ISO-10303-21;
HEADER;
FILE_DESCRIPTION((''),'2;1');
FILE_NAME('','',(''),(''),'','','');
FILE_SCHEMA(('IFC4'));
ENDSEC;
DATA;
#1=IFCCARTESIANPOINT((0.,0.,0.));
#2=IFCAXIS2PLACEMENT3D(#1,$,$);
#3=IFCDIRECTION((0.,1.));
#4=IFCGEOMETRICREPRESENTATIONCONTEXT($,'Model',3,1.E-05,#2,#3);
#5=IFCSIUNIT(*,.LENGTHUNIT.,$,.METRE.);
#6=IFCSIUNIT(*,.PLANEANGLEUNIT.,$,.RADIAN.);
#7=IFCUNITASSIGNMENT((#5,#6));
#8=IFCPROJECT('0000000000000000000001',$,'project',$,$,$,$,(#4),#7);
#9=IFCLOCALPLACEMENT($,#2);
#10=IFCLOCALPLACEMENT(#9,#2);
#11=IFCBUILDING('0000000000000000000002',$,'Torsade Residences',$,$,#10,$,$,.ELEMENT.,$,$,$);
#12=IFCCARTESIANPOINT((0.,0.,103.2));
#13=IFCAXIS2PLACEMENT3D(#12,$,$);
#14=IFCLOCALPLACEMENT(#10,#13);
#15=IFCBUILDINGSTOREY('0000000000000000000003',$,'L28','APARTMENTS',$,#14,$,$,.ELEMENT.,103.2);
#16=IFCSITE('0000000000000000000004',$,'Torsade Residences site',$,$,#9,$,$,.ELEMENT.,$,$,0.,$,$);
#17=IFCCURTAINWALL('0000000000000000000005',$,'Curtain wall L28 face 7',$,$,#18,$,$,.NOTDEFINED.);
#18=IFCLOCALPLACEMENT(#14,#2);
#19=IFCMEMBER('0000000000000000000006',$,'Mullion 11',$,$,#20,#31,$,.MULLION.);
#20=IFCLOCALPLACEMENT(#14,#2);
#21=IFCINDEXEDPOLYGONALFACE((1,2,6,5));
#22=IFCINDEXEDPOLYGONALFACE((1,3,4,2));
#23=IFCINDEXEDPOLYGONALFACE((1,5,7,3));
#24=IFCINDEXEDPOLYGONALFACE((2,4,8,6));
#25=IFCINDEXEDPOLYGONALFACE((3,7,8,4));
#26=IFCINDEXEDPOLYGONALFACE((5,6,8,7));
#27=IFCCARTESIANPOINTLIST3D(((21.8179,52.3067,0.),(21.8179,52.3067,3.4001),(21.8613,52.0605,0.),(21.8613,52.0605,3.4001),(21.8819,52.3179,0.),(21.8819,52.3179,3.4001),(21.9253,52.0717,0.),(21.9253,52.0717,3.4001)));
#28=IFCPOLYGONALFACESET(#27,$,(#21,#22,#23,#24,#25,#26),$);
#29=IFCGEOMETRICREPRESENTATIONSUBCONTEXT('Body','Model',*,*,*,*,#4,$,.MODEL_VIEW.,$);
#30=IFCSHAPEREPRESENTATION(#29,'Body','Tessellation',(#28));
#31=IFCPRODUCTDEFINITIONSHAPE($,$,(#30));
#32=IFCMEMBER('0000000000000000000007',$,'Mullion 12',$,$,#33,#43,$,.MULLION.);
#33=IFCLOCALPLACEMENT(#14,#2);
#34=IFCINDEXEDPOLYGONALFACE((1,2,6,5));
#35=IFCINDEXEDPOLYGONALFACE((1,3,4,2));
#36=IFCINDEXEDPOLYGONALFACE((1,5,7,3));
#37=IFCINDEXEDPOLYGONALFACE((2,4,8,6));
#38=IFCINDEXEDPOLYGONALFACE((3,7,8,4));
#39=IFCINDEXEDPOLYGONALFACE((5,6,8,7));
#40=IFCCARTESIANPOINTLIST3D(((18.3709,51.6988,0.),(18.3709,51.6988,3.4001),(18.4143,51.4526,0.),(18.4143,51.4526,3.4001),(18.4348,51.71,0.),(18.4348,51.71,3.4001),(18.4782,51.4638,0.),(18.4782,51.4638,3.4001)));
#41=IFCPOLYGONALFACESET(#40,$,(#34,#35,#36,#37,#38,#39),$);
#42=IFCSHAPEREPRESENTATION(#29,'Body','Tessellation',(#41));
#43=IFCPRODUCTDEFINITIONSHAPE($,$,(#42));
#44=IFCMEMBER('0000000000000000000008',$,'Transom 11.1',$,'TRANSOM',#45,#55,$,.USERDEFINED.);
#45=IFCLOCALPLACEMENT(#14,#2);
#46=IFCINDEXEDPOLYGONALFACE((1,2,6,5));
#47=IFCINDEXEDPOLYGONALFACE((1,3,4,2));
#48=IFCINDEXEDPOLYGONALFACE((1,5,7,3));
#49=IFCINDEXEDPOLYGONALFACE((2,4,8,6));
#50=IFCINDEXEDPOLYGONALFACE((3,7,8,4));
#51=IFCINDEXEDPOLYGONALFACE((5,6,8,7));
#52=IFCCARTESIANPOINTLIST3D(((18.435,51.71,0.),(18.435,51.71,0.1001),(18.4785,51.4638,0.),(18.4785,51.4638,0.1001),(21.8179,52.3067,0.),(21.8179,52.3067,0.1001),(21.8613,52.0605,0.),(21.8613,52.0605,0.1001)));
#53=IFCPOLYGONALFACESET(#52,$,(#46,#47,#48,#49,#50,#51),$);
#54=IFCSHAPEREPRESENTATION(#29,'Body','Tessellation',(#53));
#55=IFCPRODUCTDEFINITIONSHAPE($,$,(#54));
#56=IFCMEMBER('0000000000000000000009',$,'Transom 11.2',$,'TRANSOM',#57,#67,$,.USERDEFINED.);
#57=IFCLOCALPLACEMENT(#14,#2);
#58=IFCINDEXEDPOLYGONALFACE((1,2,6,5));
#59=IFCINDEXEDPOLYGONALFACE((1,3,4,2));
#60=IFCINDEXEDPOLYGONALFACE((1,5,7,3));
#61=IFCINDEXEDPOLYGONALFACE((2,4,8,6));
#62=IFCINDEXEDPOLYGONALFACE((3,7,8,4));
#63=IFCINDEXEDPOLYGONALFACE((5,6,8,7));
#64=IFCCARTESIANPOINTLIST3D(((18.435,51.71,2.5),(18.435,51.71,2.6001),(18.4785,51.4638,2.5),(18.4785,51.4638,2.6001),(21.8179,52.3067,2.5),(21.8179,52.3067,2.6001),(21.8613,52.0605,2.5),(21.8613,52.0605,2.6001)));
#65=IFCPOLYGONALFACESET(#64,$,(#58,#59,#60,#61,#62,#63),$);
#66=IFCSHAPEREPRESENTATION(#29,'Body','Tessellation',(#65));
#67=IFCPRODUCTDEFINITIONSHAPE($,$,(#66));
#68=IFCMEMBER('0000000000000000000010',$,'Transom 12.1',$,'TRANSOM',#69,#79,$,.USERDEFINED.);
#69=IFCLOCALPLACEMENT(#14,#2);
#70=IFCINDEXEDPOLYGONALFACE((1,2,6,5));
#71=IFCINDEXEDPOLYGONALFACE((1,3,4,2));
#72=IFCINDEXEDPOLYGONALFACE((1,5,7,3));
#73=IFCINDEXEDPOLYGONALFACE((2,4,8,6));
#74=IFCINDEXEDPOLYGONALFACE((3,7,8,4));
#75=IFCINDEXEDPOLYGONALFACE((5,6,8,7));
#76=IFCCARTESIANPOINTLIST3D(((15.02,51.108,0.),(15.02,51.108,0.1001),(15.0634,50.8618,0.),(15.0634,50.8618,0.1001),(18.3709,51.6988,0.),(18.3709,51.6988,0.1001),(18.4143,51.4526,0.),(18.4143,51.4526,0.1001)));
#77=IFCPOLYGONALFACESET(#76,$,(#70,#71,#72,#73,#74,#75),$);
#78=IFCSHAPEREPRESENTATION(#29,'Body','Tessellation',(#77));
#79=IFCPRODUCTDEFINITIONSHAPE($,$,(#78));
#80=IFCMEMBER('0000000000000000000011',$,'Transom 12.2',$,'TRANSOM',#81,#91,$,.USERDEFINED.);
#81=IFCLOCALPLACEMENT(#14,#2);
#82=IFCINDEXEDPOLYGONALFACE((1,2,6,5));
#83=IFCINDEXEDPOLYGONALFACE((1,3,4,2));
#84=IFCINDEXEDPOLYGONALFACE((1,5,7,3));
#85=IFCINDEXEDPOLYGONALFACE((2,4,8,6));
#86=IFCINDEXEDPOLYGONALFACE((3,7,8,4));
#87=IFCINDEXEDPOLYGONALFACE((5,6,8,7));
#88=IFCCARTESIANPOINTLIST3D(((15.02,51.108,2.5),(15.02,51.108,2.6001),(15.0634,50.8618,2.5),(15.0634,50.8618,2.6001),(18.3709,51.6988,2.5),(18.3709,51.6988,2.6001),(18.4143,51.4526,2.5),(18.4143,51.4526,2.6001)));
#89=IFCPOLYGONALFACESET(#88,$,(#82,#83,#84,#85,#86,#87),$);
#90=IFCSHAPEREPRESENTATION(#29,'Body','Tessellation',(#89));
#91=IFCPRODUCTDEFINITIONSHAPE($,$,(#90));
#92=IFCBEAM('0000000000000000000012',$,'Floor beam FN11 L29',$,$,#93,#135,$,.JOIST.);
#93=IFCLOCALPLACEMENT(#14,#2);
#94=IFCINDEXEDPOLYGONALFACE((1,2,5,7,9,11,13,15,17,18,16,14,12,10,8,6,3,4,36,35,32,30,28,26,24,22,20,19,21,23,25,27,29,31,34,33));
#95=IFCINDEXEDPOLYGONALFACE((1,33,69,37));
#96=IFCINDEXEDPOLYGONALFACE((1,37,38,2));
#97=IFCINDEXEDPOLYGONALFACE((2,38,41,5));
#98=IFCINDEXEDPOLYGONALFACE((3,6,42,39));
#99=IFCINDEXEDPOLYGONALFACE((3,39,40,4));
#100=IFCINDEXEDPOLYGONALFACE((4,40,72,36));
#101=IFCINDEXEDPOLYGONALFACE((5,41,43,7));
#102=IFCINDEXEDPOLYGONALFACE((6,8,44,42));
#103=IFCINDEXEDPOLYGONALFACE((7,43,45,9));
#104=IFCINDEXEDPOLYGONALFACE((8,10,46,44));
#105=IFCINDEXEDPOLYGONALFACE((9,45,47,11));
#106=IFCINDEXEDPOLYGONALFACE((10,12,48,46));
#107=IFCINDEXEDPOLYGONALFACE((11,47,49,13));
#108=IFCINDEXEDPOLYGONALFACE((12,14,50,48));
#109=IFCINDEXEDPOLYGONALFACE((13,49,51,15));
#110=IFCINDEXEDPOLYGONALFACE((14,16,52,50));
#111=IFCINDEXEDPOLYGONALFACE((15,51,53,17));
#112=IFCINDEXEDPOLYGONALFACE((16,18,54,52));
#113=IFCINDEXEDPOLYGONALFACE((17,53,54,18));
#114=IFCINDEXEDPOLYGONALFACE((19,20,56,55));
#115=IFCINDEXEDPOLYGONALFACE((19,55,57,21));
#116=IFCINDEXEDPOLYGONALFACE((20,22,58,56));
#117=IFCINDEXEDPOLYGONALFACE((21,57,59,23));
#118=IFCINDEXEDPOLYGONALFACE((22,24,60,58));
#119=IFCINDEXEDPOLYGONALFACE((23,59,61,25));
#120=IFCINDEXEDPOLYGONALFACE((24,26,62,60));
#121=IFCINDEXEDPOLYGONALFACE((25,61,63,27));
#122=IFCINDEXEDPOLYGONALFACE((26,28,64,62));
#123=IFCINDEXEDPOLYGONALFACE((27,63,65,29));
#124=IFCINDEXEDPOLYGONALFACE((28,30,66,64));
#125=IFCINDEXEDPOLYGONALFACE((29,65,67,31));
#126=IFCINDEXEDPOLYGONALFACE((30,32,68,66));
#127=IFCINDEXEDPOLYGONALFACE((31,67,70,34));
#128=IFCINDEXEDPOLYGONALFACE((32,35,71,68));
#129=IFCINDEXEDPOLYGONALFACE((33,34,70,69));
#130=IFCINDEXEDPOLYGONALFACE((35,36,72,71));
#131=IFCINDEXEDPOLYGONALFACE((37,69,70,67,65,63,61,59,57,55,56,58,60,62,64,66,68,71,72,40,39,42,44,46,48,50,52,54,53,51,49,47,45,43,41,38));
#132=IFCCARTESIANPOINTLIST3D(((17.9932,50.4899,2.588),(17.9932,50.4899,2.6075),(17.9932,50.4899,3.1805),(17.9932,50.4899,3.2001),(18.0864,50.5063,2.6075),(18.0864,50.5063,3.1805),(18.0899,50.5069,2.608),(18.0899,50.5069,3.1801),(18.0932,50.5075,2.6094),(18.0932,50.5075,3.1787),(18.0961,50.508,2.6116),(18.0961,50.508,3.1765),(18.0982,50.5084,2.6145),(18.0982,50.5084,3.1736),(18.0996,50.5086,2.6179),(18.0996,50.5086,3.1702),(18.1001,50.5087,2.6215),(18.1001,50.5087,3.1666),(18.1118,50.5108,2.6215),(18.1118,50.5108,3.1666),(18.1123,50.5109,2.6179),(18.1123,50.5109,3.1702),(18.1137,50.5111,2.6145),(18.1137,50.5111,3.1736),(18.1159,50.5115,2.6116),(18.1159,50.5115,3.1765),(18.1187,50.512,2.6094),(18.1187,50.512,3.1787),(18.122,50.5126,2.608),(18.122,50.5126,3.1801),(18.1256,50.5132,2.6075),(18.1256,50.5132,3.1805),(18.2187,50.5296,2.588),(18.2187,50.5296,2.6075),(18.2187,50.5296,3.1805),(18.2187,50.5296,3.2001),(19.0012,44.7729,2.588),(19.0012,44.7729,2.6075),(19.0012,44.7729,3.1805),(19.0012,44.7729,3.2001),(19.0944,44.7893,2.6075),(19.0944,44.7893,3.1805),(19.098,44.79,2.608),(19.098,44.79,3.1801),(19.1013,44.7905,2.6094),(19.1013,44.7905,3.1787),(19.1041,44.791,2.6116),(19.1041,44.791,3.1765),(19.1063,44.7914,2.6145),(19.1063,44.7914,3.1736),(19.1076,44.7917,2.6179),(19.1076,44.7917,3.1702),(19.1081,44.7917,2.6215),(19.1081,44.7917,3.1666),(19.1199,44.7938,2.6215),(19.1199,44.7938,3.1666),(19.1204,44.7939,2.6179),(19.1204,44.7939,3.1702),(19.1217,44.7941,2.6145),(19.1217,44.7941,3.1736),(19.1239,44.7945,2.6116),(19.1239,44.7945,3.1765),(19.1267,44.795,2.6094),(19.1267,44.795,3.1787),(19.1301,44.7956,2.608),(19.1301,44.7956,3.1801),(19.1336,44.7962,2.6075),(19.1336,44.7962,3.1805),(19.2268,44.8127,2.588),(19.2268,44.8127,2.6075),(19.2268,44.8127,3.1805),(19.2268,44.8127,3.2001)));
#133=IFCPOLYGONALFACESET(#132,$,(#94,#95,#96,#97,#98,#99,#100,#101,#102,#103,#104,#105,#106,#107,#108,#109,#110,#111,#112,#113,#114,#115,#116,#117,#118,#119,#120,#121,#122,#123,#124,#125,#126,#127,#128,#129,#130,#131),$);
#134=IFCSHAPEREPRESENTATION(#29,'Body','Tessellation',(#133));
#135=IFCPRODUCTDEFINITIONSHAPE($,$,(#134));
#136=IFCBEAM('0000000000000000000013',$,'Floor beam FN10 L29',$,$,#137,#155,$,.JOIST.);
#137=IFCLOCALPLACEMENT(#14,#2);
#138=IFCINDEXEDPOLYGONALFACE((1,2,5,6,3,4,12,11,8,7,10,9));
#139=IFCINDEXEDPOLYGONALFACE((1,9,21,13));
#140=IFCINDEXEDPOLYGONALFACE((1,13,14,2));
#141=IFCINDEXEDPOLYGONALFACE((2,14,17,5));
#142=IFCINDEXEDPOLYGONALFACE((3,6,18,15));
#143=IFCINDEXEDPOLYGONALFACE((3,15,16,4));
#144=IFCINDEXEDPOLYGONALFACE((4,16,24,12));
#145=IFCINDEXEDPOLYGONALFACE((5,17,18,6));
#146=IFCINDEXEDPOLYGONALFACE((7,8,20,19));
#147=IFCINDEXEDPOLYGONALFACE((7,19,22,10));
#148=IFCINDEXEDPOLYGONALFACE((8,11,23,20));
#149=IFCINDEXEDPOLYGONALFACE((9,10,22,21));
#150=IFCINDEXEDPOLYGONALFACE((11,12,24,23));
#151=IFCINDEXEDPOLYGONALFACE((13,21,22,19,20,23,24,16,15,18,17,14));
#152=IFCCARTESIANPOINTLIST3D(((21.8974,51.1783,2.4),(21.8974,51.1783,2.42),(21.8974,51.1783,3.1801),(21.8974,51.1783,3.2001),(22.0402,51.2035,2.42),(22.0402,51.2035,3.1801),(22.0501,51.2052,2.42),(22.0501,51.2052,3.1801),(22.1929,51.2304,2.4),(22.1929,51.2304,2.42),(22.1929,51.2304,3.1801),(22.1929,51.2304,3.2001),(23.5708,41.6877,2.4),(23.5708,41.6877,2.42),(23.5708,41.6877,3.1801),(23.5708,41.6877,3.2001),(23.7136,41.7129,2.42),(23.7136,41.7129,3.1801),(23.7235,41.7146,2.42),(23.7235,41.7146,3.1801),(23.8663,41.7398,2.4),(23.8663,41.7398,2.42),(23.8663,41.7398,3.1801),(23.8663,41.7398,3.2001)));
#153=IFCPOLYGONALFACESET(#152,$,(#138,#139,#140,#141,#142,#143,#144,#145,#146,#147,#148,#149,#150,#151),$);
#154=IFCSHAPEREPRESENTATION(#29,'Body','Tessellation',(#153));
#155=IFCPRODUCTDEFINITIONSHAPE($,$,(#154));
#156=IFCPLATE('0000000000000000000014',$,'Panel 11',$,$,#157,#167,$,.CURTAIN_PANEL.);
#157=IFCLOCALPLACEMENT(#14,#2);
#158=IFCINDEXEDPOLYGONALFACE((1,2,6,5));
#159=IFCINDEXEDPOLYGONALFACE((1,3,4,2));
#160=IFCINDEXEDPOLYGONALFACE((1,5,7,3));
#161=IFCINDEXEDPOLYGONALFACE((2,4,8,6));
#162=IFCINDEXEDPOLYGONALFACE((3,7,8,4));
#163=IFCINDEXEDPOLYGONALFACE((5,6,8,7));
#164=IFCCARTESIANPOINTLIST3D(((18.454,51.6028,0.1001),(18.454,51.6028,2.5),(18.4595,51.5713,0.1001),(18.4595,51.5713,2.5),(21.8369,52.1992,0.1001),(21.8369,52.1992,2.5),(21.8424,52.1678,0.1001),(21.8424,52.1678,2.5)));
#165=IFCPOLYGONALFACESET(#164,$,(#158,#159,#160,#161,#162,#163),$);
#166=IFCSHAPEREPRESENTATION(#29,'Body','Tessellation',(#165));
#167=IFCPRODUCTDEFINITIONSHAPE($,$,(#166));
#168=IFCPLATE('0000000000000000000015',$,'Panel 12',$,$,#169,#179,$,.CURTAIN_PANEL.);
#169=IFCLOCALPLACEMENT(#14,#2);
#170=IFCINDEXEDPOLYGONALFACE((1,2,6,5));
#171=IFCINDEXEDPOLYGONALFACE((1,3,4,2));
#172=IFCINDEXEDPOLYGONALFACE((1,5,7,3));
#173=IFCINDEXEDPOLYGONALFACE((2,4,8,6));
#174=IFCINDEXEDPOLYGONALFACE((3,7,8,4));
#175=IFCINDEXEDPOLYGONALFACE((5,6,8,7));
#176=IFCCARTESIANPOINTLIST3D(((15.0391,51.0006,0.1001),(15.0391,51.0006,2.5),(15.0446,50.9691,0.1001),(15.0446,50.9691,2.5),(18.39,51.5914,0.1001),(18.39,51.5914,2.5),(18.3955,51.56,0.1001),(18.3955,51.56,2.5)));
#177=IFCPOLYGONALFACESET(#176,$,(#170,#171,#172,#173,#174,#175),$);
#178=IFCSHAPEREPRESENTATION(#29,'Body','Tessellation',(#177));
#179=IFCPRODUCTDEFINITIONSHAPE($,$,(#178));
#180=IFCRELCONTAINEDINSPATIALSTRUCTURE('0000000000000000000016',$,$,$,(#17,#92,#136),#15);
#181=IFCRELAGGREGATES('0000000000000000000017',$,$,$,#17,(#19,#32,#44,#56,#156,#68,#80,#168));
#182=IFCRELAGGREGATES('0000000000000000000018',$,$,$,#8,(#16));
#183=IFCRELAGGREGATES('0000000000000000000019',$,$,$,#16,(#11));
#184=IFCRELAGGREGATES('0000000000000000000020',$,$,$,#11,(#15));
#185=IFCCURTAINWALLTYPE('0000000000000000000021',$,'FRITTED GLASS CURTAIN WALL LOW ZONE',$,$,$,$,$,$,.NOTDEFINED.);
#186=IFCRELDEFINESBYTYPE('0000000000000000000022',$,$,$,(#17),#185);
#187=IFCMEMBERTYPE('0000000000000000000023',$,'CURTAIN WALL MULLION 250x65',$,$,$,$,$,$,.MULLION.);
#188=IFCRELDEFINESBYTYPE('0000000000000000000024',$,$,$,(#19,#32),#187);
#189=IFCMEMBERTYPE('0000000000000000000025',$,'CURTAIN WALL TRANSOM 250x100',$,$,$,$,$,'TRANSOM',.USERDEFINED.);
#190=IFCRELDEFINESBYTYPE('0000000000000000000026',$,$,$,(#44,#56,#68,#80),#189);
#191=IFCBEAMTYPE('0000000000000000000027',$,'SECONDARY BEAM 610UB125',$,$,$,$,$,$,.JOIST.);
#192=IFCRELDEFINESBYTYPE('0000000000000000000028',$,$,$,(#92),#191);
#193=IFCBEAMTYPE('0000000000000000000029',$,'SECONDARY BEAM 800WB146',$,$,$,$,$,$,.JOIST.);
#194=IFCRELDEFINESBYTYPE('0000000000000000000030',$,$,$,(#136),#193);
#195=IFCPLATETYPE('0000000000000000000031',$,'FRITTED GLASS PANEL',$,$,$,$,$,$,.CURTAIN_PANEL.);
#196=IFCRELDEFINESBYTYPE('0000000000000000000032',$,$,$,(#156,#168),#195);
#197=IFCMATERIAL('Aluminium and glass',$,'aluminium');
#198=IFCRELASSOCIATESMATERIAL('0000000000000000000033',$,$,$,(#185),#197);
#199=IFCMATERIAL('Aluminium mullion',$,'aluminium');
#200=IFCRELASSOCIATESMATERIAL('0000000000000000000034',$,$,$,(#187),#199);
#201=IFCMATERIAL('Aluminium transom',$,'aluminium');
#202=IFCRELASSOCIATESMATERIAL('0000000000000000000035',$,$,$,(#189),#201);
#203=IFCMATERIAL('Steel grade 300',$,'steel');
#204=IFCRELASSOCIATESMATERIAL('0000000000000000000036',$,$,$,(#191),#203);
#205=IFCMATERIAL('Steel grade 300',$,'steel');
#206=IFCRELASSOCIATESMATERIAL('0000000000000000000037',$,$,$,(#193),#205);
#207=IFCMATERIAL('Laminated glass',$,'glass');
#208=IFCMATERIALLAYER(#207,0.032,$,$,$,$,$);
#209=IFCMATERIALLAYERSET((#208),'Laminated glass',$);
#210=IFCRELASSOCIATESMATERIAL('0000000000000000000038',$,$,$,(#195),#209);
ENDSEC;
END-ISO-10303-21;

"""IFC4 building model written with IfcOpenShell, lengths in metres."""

from ifc_helpers import new_model, si_unit, direction, frame, origin, origin_2d, place, context, subcontext, project, spatial, rectangle, i_section, extrude, material, layer, layer_set, material_profile, profile_set, type_object, element, aggregate, save


model = new_model("IFC4")

# Units and contexts
model_context = context("Model", 3, precision=1e-05, world=origin(), true_north=direction((0.0, 1.0)))
body_context = subcontext(model_context, "Body", "Model", "MODEL_VIEW")
ifc_project = project(units=[si_unit("LENGTHUNIT", "METRE"), si_unit("PLANEANGLEUNIT", "RADIAN")], contexts=[model_context])

# Site, building, storey
site_placement = place(None, origin())
site = spatial("IfcSite", under=ifc_project, at=site_placement, Name="Torsade Residences site", CompositionType="ELEMENT", RefElevation=0.0)
building_placement = place(site_placement, origin())
building = spatial("IfcBuilding", under=site, at=building_placement, Name="Torsade Residences", CompositionType="ELEMENT")
storey_placement = place(building_placement, frame((0.0, 0.0, 103.2)))
storey = spatial("IfcBuildingStorey", under=building, at=storey_placement, Name="L28", Description="APARTMENTS", CompositionType="ELEMENT", Elevation=103.2)

# Curtain wall, members
ifc_material_1 = material(Name="Aluminium and glass", Category="aluminium")
curtain_wall_type = type_object("IfcCurtainWallType", Name="FRITTED GLASS CURTAIN WALL LOW ZONE", PredefinedType="NOTDEFINED", material=ifc_material_1)
curtain_wall_placement = place(storey_placement, origin())
curtain_wall = element("IfcCurtainWall", 1, at=curtain_wall_placement, inside=storey, type_object=curtain_wall_type, Name="Curtain wall L28 face 7", PredefinedType="NOTDEFINED")
ifc_material_2 = material(Name="Aluminium mullion", Category="aluminium")
ifc_material_profile_1 = material_profile(ifc_material_2, rectangle(XDim=0.25, YDim=0.0649, at=origin_2d()), Name="CURTAIN WALL MULLION 250x65")
ifc_profile_set_1 = profile_set([ifc_material_profile_1], Name="Aluminium mullion")
member_type_1 = type_object("IfcMemberType", Name="CURTAIN WALL MULLION 250x65", PredefinedType="MULLION", material=ifc_profile_set_1)
member_1_placement = place(storey_placement, frame((21.8716, 52.1892, 0.0), z_axis=(0.0, 0.0, 1.0), x_axis=(0.173648, -0.984808, 0.0)))
member_1 = element("IfcMember", 2, at=member_1_placement, type_object=member_type_1, Name="Mullion 11", PredefinedType="MULLION", context=body_context, shape_type="SweptSolid", body=[
    extrude(rectangle(XDim=0.25, YDim=0.0649, at=origin_2d()), origin(), (0.0, 0.0, 1.0), 3.4001),
])
member_2_placement = place(storey_placement, frame((18.4246, 51.5813, 0.0), z_axis=(0.0, 0.0, 1.0), x_axis=(0.173648, -0.984808, 0.0)))
member_2 = element("IfcMember", 3, at=member_2_placement, type_object=member_type_1, Name="Mullion 12", PredefinedType="MULLION", context=body_context, shape_type="SweptSolid", body=[
    extrude(rectangle(XDim=0.25, YDim=0.0649, at=origin_2d()), origin(), (0.0, 0.0, 1.0), 3.4001),
])
ifc_material_3 = material(Name="Aluminium transom", Category="aluminium")
ifc_material_profile_2 = material_profile(ifc_material_3, rectangle(XDim=0.25, YDim=0.1001, at=origin_2d()), Name="CURTAIN WALL TRANSOM 250x100")
ifc_profile_set_2 = profile_set([ifc_material_profile_2], Name="Aluminium transom")
member_type_2 = type_object("IfcMemberType", Name="CURTAIN WALL TRANSOM 250x100", ElementType="TRANSOM", PredefinedType="USERDEFINED", material=ifc_profile_set_2)
member_3_placement = place(storey_placement, frame((21.8396, 52.1836, 0.05), z_axis=(-0.984798, -0.173704, 0.0), x_axis=(0.173704, -0.984798, 0.0)))
member_3 = element("IfcMember", 4, at=member_3_placement, type_object=member_type_2, Name="Transom 11.1", ObjectType="TRANSOM", PredefinedType="USERDEFINED", context=body_context, shape_type="SweptSolid", body=[
    extrude(rectangle(XDim=0.25, YDim=0.1001, at=origin_2d()), origin(), (0.0, 0.0, 1.0), 3.4351),
])
member_4_placement = place(storey_placement, frame((21.8396, 52.1836, 2.55), z_axis=(-0.984798, -0.173704, 0.0), x_axis=(0.173704, -0.984798, 0.0)))
member_4 = element("IfcMember", 5, at=member_4_placement, type_object=member_type_2, Name="Transom 11.2", ObjectType="TRANSOM", PredefinedType="USERDEFINED", context=body_context, shape_type="SweptSolid", body=[
    extrude(rectangle(XDim=0.25, YDim=0.1001, at=origin_2d()), origin(), (0.0, 0.0, 1.0), 3.4351),
])
member_5_placement = place(storey_placement, frame((18.3926, 51.5757, 0.05), z_axis=(-0.984809, -0.173642, 0.0), x_axis=(0.173642, -0.984809, 0.0)))
member_5 = element("IfcMember", 6, at=member_5_placement, type_object=member_type_2, Name="Transom 12.1", ObjectType="TRANSOM", PredefinedType="USERDEFINED", context=body_context, shape_type="SweptSolid", body=[
    extrude(rectangle(XDim=0.25, YDim=0.1001, at=origin_2d()), origin(), (0.0, 0.0, 1.0), 3.4026),
])
member_6_placement = place(storey_placement, frame((18.3926, 51.5757, 2.55), z_axis=(-0.984809, -0.173642, 0.0), x_axis=(0.173642, -0.984809, 0.0)))
member_6 = element("IfcMember", 7, at=member_6_placement, type_object=member_type_2, Name="Transom 12.2", ObjectType="TRANSOM", PredefinedType="USERDEFINED", context=body_context, shape_type="SweptSolid", body=[
    extrude(rectangle(XDim=0.25, YDim=0.1001, at=origin_2d()), origin(), (0.0, 0.0, 1.0), 3.4026),
])

# Beams
ifc_material_4 = material(Name="Steel grade 300", Category="steel")
ifc_material_profile_3 = material_profile(ifc_material_4, i_section(OverallWidth=0.229, OverallDepth=0.6121, WebThickness=0.012, FlangeThickness=0.0195, FilletRadius=0.0139, at=origin_2d()), Name="610UB125")
ifc_profile_set_3 = profile_set([ifc_material_profile_3], Name="Steel grade 300")
beam_type_1 = type_object("IfcBeamType", Name="SECONDARY BEAM 610UB125", PredefinedType="JOIST", material=ifc_profile_set_3)
beam_1_placement = place(storey_placement, frame((18.106, 50.5098, 2.894), z_axis=(0.173646, -0.984808, 0.0), x_axis=(0.984808, 0.173646, 0.0)))
element("IfcBeam", 8, at=beam_1_placement, inside=storey, type_object=beam_type_1, Name="Floor beam FN11 L29", PredefinedType="JOIST", context=body_context, shape_type="SweptSolid", body=[
    extrude(i_section(OverallWidth=0.229, OverallDepth=0.6121, WebThickness=0.012, FlangeThickness=0.0195, FilletRadius=0.0139, at=origin_2d()), origin(), (0.0, 0.0, 1.0), 5.8052),
])
ifc_material_5 = material(Name="Steel grade 300", Category="steel")
ifc_material_profile_4 = material_profile(ifc_material_5, i_section(OverallWidth=0.3, OverallDepth=0.8, WebThickness=0.01, FlangeThickness=0.02, at=origin_2d()), Name="800WB146")
ifc_profile_set_4 = profile_set([ifc_material_profile_4], Name="Steel grade 300")
beam_type_2 = type_object("IfcBeamType", Name="SECONDARY BEAM 800WB146", PredefinedType="JOIST", material=ifc_profile_set_4)
beam_2_placement = place(storey_placement, frame((22.0452, 51.2043, 2.8), z_axis=(0.173639, -0.984809, 0.0), x_axis=(0.984809, 0.173639, 0.0)))
element("IfcBeam", 9, at=beam_2_placement, inside=storey, type_object=beam_type_2, Name="Floor beam FN10 L29", PredefinedType="JOIST", context=body_context, shape_type="SweptSolid", body=[
    extrude(i_section(OverallWidth=0.3, OverallDepth=0.8, WebThickness=0.01, FlangeThickness=0.02, at=origin_2d()), origin(), (0.0, 0.0, 1.0), 9.637),
])

# Plates
ifc_material_6 = material(Name="Laminated glass", Category="glass")
ifc_layer_1 = layer(ifc_material_6, 0.032)
ifc_layer_set_1 = layer_set([ifc_layer_1], Name="Laminated glass")
plate_type_1 = type_object("IfcPlateType", Name="FRITTED GLASS PANEL", PredefinedType="CURTAIN_PANEL", material=ifc_layer_set_1)
plate_1_placement = place(storey_placement, frame((20.1482, 51.8853, 0.1001), z_axis=(0.0, 0.0, 1.0), x_axis=(-0.984808, -0.173648, 0.0)))
plate_1 = element("IfcPlate", 10, at=plate_1_placement, type_object=plate_type_1, Name="Panel 11", PredefinedType="CURTAIN_PANEL", context=body_context, shape_type="SweptSolid", body=[
    extrude(rectangle(XDim=3.4351, YDim=0.032, at=origin_2d()), origin(), (0.0, 0.0, 1.0), 2.3999),
])
plate_2_placement = place(storey_placement, frame((16.7173, 51.2803, 0.1001), z_axis=(0.0, 0.0, 1.0), x_axis=(-0.984808, -0.173648, 0.0)))
plate_2 = element("IfcPlate", 11, at=plate_2_placement, type_object=plate_type_1, Name="Panel 12", PredefinedType="CURTAIN_PANEL", context=body_context, shape_type="SweptSolid", body=[
    extrude(rectangle(XDim=3.4026, YDim=0.032, at=origin_2d()), origin(), (0.0, 0.0, 1.0), 2.3999),
])
aggregate(curtain_wall, [member_1, member_2, member_3, member_4, plate_1, member_5, member_6, plate_2])

save(model, "model.ifc")
